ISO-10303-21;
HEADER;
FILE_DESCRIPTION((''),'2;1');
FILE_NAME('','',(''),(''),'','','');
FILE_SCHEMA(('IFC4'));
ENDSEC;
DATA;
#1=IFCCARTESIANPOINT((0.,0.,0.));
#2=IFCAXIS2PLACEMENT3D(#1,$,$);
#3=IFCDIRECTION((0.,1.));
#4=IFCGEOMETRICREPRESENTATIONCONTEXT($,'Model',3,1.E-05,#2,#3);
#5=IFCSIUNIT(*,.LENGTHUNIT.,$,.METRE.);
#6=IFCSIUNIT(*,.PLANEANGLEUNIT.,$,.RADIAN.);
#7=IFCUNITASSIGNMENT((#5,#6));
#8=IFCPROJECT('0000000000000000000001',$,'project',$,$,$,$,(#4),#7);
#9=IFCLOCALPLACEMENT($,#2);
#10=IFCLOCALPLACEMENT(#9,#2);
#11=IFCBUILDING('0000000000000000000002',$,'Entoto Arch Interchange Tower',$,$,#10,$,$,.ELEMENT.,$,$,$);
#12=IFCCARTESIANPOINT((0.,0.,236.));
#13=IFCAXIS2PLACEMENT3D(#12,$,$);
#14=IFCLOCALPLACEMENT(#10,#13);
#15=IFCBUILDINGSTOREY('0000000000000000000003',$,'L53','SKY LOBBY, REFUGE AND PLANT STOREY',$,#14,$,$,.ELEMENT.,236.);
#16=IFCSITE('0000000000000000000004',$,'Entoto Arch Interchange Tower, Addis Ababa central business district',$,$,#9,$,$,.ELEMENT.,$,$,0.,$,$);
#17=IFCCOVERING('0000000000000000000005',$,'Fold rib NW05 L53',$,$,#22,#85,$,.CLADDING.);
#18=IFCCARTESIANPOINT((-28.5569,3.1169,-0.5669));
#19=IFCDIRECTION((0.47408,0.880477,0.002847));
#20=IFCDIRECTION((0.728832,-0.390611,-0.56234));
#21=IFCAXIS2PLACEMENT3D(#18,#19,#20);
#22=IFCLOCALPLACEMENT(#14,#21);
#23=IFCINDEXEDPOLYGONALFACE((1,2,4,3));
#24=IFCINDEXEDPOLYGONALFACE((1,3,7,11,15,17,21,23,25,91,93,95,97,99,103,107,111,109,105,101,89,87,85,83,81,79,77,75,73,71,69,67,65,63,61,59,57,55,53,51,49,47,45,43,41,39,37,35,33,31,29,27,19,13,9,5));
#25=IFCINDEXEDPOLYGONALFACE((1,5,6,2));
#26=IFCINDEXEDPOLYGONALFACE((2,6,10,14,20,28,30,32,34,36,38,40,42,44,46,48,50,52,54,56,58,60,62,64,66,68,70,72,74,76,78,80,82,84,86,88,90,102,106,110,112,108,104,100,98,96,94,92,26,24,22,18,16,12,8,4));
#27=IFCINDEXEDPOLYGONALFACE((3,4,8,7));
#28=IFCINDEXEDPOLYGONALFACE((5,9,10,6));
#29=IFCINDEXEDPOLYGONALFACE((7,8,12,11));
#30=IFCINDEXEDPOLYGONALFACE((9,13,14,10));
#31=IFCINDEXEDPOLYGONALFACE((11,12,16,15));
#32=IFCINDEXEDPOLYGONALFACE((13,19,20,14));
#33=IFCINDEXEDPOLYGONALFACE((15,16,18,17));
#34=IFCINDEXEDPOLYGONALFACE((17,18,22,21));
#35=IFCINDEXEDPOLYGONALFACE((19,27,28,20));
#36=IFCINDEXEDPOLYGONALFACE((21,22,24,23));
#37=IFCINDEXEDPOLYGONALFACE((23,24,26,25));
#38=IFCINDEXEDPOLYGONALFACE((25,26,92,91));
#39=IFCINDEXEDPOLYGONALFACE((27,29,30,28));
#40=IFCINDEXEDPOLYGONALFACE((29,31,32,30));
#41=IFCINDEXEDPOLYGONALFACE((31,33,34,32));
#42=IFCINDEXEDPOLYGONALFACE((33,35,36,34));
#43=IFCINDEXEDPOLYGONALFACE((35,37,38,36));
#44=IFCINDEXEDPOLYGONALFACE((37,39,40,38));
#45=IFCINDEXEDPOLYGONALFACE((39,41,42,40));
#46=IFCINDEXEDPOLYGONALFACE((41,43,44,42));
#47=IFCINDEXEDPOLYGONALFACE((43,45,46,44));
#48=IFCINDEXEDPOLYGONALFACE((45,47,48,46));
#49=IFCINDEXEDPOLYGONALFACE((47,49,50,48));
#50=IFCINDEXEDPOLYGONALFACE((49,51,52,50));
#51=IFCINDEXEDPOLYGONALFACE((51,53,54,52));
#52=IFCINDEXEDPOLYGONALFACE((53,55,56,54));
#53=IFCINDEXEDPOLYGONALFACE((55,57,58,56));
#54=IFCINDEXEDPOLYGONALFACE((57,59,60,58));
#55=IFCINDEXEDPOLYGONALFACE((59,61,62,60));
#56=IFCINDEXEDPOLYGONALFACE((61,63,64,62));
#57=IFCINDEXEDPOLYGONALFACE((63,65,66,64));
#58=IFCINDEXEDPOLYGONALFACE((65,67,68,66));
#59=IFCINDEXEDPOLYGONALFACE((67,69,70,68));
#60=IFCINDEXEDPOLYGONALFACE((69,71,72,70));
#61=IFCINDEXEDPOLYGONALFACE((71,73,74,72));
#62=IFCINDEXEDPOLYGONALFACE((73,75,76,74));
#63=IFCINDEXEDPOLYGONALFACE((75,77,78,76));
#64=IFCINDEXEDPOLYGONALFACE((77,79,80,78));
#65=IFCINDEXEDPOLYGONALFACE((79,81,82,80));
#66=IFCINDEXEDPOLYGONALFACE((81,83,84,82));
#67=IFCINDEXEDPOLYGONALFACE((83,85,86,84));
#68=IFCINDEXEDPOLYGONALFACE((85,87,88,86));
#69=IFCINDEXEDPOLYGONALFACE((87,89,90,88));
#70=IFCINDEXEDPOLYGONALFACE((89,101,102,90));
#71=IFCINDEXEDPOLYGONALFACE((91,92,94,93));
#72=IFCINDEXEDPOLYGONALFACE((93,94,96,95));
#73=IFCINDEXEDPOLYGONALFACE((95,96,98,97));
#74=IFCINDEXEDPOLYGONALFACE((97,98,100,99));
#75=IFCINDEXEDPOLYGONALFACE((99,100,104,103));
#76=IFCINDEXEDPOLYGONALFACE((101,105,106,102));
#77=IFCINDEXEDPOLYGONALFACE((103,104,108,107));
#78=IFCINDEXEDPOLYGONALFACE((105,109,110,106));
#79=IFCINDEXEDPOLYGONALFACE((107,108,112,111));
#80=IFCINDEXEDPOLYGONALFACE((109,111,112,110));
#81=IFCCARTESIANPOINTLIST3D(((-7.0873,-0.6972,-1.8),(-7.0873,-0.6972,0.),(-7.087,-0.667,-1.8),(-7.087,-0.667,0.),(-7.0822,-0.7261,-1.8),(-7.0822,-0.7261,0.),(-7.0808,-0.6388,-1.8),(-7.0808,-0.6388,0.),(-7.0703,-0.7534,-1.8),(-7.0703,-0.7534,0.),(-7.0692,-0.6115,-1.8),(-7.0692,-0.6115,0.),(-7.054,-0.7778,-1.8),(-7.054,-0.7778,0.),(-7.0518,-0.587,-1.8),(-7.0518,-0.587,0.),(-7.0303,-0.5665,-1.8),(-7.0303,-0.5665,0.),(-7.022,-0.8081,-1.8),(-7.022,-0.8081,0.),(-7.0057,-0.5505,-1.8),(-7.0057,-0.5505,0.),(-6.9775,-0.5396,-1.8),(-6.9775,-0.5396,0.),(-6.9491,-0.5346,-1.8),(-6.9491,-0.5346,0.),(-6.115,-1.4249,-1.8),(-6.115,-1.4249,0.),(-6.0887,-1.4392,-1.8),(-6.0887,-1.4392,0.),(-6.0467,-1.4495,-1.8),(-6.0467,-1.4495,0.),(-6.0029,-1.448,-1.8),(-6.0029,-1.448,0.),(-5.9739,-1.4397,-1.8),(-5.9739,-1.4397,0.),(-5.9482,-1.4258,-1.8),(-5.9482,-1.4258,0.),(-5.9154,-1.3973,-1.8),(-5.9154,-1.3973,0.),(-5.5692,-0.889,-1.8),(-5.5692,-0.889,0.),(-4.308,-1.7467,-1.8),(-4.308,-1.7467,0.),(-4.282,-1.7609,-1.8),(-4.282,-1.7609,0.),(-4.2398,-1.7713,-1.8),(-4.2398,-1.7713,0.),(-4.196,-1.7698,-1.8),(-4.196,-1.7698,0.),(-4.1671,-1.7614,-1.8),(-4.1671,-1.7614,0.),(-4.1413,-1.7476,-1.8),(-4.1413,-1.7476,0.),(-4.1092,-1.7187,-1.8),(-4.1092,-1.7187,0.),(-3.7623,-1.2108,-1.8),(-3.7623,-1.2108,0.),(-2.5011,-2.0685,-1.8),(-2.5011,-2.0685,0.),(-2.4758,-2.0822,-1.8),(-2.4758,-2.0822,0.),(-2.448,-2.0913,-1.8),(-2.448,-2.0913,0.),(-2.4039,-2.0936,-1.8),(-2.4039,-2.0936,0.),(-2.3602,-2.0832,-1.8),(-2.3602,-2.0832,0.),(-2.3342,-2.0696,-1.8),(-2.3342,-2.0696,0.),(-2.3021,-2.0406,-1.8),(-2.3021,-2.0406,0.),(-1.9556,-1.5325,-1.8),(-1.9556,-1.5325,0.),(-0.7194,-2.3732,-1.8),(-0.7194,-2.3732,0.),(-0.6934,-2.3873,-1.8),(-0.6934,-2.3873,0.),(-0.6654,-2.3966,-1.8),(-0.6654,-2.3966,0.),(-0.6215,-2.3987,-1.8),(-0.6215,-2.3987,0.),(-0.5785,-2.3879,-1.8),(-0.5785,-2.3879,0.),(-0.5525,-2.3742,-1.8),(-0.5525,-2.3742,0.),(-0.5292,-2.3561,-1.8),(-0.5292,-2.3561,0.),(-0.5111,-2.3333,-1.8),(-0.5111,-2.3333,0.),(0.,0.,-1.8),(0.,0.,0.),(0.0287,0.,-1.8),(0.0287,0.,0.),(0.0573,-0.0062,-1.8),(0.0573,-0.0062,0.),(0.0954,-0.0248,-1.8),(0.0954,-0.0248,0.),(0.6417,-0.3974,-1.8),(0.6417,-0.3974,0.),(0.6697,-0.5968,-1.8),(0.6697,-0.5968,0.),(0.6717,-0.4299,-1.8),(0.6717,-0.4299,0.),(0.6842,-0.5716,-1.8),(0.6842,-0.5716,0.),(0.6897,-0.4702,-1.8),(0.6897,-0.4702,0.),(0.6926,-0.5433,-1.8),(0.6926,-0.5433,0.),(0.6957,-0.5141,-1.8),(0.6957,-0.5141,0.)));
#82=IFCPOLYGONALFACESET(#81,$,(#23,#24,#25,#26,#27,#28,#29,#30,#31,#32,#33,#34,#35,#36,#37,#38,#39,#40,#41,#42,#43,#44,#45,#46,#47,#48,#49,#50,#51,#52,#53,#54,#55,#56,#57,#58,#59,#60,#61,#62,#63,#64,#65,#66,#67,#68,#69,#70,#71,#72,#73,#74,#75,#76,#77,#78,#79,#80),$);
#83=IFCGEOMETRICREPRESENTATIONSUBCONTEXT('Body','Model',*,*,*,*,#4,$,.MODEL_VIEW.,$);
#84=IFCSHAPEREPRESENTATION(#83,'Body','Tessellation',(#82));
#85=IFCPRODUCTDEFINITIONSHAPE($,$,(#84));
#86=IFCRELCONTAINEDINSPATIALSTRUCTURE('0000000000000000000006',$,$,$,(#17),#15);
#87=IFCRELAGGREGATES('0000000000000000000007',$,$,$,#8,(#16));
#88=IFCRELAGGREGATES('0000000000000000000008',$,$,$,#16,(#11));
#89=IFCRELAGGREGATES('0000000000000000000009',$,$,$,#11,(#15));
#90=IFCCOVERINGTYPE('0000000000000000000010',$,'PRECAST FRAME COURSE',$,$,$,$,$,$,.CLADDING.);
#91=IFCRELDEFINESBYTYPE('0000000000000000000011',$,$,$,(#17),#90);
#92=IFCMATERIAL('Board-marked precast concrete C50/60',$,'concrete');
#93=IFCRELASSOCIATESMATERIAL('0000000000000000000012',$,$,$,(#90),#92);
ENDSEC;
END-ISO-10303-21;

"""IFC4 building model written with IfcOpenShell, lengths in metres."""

from ifc_helpers import new_model, si_unit, direction, frame, origin, place, context, subcontext, project, spatial, polyline, outline, extrude, material, type_object, element, save


model = new_model("IFC4")

# Units and contexts
model_context = context("Model", 3, precision=1e-05, world=origin(), true_north=direction((0.0, 1.0)))
body_context = subcontext(model_context, "Body", "Model", "MODEL_VIEW")
ifc_project = project(units=[si_unit("LENGTHUNIT", "METRE"), si_unit("PLANEANGLEUNIT", "RADIAN")], contexts=[model_context])

# Site, building, storey
site_placement = place(None, origin())
site = spatial("IfcSite", under=ifc_project, at=site_placement, Name="Entoto Arch Interchange Tower, Addis Ababa central business district", CompositionType="ELEMENT", RefElevation=0.0)
building_placement = place(site_placement, origin())
building = spatial("IfcBuilding", under=site, at=building_placement, Name="Entoto Arch Interchange Tower", CompositionType="ELEMENT")
storey_placement = place(building_placement, frame((0.0, 0.0, 236.0)))
storey = spatial("IfcBuildingStorey", under=building, at=storey_placement, Name="L53", Description="SKY LOBBY, REFUGE AND PLANT STOREY", CompositionType="ELEMENT", Elevation=236.0)

# Shared definitions
ifc_material_1 = material(Name="Board-marked precast concrete C50/60", Category="concrete")

# Covering
covering_type = type_object("IfcCoveringType", Name="PRECAST FRAME COURSE", PredefinedType="CLADDING", material=ifc_material_1)
covering_placement = place(storey_placement, frame((-28.5569, 3.1169, -0.5669), z_axis=(0.47408, 0.880477, 0.002847), x_axis=(0.728832, -0.390611, -0.56234)))
element("IfcCovering", 1, at=covering_placement, inside=storey, type_object=covering_type, Name="Fold rib NW05 L53", PredefinedType="CLADDING", context=body_context, shape_type="SweptSolid", body=[
    extrude(outline(polyline([(0.0, 0.0), (0.0287, 0.0), (0.0573, -0.0062), (0.0954, -0.0248), (0.6417, -0.3974), (0.6717, -0.4299), (0.6897, -0.4702), (0.6957, -0.5141), (0.6926, -0.5433), (0.6842, -0.5716), (0.6697, -0.5968), (-0.5111, -2.3333), (-0.5292, -2.3561), (-0.5525, -2.3742), (-0.5785, -2.3879), (-0.6215, -2.3987), (-0.6654, -2.3966), (-0.6934, -2.3873), (-0.7194, -2.3732), (-1.9556, -1.5325), (-2.3021, -2.0406), (-2.3342, -2.0696), (-2.3602, -2.0832), (-2.4039, -2.0936), (-2.448, -2.0913), (-2.4758, -2.0822), (-2.5011, -2.0685), (-3.7623, -1.2108), (-4.1092, -1.7187), (-4.1413, -1.7476), (-4.1671, -1.7614), (-4.196, -1.7698), (-4.2398, -1.7713), (-4.282, -1.7609), (-4.308, -1.7467), (-5.5692, -0.889), (-5.9154, -1.3973), (-5.9482, -1.4258), (-5.9739, -1.4397), (-6.0029, -1.448), (-6.0467, -1.4495), (-6.0887, -1.4392), (-6.115, -1.4249), (-7.022, -0.8081), (-7.054, -0.7778), (-7.0703, -0.7534), (-7.0822, -0.7261), (-7.0873, -0.6972), (-7.087, -0.667), (-7.0808, -0.6388), (-7.0692, -0.6115), (-7.0518, -0.587), (-7.0303, -0.5665), (-7.0057, -0.5505), (-6.9775, -0.5396), (-6.9491, -0.5346), (0.0, 0.0)])), origin(), (0.0, 0.0, -1.0), 1.8),
])

save(model, "model.ifc")
